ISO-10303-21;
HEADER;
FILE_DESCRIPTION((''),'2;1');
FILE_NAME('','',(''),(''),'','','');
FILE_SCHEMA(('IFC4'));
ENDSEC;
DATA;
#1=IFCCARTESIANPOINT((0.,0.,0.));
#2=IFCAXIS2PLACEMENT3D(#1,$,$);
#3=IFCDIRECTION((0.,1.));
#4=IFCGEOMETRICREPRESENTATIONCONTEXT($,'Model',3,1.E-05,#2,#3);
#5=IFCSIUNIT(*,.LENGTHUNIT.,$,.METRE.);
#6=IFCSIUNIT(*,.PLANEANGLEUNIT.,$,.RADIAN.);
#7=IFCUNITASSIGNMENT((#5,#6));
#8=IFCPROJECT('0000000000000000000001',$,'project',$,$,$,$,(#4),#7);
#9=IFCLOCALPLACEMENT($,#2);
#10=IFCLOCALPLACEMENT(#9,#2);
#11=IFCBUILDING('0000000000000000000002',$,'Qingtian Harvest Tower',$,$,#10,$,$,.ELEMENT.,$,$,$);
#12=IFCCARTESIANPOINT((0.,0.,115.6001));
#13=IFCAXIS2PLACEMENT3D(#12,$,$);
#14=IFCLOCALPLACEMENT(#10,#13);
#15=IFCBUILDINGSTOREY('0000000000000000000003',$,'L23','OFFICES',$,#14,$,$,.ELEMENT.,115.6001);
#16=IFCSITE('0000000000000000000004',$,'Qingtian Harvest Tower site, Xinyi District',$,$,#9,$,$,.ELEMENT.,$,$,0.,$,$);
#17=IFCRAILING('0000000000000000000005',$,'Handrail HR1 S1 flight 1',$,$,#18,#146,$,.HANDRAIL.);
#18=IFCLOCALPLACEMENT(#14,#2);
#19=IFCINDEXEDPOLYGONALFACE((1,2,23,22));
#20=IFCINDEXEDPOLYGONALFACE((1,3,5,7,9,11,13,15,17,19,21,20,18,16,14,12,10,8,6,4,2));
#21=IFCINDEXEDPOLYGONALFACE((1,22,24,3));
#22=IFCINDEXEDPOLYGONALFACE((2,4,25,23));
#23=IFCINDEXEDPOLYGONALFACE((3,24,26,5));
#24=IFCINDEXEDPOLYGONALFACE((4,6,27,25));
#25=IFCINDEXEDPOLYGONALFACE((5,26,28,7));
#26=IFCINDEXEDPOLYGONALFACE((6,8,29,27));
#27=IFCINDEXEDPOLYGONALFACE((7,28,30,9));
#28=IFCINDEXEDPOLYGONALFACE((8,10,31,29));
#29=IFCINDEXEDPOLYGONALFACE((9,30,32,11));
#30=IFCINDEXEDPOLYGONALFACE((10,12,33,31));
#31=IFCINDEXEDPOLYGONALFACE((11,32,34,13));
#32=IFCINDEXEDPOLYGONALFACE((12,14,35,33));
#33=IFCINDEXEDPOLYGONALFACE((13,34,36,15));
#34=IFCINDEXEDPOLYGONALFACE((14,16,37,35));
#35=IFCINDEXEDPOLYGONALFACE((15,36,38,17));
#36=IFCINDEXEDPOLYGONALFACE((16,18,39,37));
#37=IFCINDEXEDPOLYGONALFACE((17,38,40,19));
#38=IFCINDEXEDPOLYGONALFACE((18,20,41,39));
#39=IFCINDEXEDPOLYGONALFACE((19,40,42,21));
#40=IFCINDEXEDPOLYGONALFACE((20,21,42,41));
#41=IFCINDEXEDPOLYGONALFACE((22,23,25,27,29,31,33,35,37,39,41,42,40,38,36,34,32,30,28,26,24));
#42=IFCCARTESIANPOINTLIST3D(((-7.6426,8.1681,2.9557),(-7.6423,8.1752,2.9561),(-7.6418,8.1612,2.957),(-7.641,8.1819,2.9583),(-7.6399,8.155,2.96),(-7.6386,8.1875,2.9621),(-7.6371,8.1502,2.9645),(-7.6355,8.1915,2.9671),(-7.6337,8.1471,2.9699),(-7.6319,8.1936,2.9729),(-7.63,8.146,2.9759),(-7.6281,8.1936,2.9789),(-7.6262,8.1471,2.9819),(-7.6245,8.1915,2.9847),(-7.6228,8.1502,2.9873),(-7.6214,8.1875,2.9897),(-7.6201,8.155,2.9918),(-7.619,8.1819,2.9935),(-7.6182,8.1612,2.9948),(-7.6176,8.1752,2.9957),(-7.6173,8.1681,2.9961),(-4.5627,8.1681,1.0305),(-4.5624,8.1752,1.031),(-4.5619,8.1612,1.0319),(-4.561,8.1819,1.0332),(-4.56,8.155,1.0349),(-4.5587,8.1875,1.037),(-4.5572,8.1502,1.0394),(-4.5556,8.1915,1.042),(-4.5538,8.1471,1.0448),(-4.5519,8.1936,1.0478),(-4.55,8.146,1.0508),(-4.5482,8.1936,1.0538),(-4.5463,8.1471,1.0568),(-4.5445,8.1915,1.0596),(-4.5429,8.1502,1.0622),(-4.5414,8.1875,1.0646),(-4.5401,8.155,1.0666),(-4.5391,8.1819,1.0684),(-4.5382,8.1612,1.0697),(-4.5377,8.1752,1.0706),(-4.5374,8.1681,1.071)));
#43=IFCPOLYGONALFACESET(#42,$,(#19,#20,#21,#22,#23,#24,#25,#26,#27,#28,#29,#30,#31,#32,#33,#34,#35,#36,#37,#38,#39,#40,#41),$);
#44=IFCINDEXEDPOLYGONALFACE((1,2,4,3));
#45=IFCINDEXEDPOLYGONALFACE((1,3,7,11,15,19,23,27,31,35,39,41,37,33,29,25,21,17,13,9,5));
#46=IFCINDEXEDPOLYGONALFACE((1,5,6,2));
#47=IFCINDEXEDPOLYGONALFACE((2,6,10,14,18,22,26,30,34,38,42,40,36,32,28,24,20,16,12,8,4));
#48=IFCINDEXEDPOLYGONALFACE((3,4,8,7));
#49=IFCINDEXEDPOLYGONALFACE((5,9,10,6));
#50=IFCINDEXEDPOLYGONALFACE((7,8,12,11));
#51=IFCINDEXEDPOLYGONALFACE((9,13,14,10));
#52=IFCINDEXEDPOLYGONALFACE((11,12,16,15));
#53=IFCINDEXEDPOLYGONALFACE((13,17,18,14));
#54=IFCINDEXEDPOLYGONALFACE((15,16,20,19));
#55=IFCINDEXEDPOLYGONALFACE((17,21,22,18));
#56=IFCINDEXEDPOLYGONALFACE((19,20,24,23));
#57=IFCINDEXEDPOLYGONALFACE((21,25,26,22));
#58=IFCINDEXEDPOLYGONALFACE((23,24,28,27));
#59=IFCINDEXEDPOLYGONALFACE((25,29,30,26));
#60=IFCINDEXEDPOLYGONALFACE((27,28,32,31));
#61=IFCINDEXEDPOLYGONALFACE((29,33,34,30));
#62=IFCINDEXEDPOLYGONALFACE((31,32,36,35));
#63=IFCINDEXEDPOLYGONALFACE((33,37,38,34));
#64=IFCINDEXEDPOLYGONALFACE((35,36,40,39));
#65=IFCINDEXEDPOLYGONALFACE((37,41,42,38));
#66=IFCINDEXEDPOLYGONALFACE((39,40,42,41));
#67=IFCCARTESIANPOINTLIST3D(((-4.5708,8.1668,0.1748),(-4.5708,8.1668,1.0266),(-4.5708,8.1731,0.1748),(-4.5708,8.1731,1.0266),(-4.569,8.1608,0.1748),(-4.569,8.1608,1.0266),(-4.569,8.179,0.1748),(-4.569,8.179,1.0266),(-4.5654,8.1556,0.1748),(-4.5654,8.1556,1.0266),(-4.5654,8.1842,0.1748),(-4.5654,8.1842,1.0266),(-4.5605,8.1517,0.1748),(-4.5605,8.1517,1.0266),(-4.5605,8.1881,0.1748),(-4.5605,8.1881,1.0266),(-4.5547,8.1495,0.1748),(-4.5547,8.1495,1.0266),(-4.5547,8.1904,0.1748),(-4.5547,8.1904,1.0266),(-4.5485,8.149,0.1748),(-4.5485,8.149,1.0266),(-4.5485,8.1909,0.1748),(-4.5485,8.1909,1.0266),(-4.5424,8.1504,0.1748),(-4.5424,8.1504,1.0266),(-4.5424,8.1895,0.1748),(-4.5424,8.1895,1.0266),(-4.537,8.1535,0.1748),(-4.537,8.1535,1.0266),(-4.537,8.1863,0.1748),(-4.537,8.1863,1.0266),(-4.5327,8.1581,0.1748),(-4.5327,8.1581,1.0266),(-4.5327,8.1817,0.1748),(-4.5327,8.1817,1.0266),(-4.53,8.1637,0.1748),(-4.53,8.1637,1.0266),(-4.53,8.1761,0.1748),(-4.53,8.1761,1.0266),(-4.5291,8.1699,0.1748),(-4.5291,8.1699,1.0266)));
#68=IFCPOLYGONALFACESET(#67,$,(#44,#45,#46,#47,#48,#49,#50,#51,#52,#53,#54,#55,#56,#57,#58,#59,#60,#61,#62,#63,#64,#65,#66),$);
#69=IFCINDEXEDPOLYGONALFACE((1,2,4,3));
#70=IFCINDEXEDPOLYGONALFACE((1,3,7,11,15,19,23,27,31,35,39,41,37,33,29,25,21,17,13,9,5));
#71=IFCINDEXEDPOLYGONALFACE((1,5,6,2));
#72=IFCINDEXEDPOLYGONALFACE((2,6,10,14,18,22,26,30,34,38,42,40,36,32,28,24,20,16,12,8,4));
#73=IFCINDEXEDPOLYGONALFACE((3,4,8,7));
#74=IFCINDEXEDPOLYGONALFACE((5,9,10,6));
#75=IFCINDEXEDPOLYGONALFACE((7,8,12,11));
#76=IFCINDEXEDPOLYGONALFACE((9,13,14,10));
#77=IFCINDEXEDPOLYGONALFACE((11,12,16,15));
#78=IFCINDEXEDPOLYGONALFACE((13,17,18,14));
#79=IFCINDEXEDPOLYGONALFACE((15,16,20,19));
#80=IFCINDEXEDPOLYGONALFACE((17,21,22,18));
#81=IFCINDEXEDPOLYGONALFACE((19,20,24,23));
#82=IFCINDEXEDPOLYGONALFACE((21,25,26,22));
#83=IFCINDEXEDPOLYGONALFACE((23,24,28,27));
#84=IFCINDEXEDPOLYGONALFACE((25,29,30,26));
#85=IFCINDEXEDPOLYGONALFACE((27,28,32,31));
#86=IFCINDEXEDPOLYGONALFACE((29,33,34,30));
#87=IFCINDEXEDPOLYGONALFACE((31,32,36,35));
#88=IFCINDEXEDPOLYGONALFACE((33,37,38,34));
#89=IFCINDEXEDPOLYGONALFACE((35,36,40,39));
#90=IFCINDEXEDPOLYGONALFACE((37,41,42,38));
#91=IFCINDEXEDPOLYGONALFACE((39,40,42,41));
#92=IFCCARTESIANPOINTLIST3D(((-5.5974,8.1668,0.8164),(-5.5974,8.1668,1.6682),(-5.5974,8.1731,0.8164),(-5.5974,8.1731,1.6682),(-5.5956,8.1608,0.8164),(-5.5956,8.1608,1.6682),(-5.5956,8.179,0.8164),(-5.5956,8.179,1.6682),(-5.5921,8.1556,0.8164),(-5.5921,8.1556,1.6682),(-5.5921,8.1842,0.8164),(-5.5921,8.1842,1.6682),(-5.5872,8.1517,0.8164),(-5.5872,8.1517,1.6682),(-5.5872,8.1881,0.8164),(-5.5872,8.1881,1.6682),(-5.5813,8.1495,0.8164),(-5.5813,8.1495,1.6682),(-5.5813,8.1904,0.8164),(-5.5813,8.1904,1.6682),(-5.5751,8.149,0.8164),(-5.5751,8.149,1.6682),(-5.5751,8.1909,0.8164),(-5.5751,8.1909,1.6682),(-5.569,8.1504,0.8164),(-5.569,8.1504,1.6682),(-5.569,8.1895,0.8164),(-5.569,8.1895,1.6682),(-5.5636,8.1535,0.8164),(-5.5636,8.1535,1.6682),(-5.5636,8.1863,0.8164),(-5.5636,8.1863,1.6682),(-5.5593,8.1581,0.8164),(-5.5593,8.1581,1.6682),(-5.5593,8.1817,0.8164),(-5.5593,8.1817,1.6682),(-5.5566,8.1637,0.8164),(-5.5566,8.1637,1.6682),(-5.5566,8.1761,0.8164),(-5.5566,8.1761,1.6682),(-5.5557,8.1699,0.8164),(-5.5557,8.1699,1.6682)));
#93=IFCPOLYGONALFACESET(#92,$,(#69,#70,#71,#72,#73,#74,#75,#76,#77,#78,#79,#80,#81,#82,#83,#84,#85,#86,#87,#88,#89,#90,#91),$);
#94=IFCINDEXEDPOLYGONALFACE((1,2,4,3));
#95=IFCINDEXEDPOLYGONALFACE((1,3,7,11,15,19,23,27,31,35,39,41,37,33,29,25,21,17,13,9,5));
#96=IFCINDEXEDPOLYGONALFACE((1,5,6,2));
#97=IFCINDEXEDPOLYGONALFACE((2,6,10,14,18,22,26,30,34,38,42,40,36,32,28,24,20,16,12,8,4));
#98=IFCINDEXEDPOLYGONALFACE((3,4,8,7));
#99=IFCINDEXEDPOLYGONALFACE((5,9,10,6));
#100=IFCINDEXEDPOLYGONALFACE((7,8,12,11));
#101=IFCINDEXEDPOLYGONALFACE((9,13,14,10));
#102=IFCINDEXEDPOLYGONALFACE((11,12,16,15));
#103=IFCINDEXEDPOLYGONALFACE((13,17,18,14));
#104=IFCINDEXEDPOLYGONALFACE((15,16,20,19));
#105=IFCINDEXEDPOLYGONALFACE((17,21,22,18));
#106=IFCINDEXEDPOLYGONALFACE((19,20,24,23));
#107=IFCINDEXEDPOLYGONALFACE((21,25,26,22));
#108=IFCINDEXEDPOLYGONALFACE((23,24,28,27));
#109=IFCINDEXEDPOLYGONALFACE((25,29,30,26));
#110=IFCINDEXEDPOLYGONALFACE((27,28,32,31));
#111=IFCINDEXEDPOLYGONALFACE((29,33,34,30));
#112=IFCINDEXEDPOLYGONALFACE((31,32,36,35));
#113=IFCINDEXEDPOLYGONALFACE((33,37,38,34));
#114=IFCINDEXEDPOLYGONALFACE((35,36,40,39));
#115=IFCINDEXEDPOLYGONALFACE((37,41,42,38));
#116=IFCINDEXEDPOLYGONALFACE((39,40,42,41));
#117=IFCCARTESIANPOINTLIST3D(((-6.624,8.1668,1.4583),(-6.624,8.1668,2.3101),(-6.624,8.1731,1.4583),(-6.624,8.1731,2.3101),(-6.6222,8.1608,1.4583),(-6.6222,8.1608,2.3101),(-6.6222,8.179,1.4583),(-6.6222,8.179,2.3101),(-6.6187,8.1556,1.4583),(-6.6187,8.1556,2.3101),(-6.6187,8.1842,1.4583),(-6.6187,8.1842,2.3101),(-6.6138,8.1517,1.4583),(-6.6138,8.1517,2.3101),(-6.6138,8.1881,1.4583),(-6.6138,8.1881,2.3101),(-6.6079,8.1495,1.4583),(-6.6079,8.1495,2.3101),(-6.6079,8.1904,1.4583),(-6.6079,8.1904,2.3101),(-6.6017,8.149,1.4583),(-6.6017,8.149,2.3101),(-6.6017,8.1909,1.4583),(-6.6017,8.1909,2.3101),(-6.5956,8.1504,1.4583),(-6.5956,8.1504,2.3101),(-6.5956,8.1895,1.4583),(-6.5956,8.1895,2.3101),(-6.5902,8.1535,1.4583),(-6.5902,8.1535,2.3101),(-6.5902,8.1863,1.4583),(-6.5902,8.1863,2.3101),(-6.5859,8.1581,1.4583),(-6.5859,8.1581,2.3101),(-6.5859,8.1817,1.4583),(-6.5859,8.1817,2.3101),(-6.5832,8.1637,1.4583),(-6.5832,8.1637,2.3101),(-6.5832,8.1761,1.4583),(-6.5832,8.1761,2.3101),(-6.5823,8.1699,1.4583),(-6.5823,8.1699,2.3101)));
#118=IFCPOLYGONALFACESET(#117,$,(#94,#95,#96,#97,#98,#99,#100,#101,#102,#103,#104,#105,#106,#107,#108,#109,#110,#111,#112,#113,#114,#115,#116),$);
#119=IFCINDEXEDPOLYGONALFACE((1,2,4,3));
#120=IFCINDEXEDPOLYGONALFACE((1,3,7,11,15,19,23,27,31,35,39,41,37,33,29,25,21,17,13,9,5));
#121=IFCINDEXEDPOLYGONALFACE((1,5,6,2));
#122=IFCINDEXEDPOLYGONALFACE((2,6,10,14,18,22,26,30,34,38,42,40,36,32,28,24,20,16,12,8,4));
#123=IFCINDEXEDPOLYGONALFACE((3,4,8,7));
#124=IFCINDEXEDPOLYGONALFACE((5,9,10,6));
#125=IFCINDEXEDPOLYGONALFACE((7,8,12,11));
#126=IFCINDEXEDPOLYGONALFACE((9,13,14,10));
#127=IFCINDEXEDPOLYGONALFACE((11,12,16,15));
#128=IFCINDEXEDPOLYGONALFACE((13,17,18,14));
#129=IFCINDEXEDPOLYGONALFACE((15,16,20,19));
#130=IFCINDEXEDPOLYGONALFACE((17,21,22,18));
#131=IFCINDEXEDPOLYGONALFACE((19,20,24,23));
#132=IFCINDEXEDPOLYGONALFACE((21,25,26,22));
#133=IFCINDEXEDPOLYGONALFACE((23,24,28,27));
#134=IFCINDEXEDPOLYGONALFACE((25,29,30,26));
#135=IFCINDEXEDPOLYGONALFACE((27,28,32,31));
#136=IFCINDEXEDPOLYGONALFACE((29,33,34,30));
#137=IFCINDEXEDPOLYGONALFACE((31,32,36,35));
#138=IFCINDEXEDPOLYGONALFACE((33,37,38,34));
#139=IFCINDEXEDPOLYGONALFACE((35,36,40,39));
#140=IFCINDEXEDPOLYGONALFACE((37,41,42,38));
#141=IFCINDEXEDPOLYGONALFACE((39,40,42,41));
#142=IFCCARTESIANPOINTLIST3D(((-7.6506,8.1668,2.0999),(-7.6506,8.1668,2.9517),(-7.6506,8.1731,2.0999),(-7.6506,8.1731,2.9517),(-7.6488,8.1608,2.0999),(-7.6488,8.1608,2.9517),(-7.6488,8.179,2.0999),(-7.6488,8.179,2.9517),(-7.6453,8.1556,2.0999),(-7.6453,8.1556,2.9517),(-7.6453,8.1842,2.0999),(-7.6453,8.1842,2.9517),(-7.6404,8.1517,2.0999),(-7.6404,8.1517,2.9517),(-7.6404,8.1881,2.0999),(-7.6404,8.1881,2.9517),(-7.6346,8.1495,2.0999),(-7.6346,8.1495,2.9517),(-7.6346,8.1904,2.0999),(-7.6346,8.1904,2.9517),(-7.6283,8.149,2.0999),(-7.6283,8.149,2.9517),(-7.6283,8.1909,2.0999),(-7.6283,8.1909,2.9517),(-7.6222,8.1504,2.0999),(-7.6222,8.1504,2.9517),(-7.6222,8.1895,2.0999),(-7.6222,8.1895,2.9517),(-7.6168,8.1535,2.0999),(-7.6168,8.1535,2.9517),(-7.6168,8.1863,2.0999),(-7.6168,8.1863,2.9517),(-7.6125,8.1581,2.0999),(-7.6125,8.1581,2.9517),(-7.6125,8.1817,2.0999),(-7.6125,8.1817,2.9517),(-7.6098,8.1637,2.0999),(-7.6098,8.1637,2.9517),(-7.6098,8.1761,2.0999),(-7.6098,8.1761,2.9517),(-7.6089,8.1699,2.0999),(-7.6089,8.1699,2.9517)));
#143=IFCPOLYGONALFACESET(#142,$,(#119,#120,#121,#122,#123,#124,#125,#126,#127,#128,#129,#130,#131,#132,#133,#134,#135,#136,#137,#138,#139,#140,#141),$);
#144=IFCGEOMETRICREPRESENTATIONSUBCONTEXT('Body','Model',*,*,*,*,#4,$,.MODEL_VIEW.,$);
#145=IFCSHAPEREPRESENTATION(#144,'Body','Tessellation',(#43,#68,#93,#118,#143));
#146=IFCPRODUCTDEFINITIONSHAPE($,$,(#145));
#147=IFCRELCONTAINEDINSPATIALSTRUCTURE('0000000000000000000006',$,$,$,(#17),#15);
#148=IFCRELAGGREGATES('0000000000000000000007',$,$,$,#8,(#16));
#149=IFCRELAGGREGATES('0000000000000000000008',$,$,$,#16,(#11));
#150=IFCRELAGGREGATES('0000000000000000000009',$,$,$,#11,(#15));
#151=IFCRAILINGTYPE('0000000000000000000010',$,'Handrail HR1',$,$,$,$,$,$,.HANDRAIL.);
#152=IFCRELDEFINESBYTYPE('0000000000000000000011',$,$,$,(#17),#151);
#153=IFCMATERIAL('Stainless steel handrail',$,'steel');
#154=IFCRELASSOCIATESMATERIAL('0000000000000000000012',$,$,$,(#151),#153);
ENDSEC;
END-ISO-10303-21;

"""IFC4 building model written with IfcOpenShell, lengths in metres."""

from ifc_helpers import new_model, si_unit, direction, frame, origin, origin_2d, place, context, subcontext, project, spatial, circle, extrude, material, type_object, element, save


model = new_model("IFC4")

# Units and contexts
model_context = context("Model", 3, precision=1e-05, world=origin(), true_north=direction((0.0, 1.0)))
body_context = subcontext(model_context, "Body", "Model", "MODEL_VIEW")
ifc_project = project(units=[si_unit("LENGTHUNIT", "METRE"), si_unit("PLANEANGLEUNIT", "RADIAN")], contexts=[model_context])

# Site, building, storey
site_placement = place(None, origin())
site = spatial("IfcSite", under=ifc_project, at=site_placement, Name="Qingtian Harvest Tower site, Xinyi District", CompositionType="ELEMENT", RefElevation=0.0)
building_placement = place(site_placement, origin())
building = spatial("IfcBuilding", under=site, at=building_placement, Name="Qingtian Harvest Tower", CompositionType="ELEMENT")
storey_placement = place(building_placement, frame((0.0, 0.0, 115.6001)))
storey = spatial("IfcBuildingStorey", under=building, at=storey_placement, Name="L23", Description="OFFICES", CompositionType="ELEMENT", Elevation=115.6001)

# Railing
ifc_material_1 = material(Name="Stainless steel handrail", Category="steel")
railing_type = type_object("IfcRailingType", Name="Handrail HR1", PredefinedType="HANDRAIL", material=ifc_material_1)
railing_placement = place(storey_placement, frame((-4.55, 8.1699, 0.1748)))
element("IfcRailing", 1, at=railing_placement, inside=storey, type_object=railing_type, Name="Handrail HR1 S1 flight 1", PredefinedType="HANDRAIL", context=body_context, shape_type="SweptSolid", body=[
    extrude(circle(Radius=0.0239, at=origin_2d()), frame((0.0, 0.0, 0.876), z_axis=(-0.847979, 0.0, 0.530029), x_axis=(0.0, -1.0, 0.0)), (0.0, 0.0, 1.0), 3.6321),
    extrude(circle(Radius=0.021, at=origin_2d()), origin(), (0.0, 0.0, 1.0), 0.8518),
    extrude(circle(Radius=0.021, at=origin_2d()), frame((-1.0266, 0.0, 0.6416)), (0.0, 0.0, 1.0), 0.8518),
    extrude(circle(Radius=0.021, at=origin_2d()), frame((-2.0532, 0.0, 1.2834)), (0.0, 0.0, 1.0), 0.8518),
    extrude(circle(Radius=0.021, at=origin_2d()), frame((-3.0798, 0.0, 1.925)), (0.0, 0.0, 1.0), 0.8518),
])

save(model, "model.ifc")
